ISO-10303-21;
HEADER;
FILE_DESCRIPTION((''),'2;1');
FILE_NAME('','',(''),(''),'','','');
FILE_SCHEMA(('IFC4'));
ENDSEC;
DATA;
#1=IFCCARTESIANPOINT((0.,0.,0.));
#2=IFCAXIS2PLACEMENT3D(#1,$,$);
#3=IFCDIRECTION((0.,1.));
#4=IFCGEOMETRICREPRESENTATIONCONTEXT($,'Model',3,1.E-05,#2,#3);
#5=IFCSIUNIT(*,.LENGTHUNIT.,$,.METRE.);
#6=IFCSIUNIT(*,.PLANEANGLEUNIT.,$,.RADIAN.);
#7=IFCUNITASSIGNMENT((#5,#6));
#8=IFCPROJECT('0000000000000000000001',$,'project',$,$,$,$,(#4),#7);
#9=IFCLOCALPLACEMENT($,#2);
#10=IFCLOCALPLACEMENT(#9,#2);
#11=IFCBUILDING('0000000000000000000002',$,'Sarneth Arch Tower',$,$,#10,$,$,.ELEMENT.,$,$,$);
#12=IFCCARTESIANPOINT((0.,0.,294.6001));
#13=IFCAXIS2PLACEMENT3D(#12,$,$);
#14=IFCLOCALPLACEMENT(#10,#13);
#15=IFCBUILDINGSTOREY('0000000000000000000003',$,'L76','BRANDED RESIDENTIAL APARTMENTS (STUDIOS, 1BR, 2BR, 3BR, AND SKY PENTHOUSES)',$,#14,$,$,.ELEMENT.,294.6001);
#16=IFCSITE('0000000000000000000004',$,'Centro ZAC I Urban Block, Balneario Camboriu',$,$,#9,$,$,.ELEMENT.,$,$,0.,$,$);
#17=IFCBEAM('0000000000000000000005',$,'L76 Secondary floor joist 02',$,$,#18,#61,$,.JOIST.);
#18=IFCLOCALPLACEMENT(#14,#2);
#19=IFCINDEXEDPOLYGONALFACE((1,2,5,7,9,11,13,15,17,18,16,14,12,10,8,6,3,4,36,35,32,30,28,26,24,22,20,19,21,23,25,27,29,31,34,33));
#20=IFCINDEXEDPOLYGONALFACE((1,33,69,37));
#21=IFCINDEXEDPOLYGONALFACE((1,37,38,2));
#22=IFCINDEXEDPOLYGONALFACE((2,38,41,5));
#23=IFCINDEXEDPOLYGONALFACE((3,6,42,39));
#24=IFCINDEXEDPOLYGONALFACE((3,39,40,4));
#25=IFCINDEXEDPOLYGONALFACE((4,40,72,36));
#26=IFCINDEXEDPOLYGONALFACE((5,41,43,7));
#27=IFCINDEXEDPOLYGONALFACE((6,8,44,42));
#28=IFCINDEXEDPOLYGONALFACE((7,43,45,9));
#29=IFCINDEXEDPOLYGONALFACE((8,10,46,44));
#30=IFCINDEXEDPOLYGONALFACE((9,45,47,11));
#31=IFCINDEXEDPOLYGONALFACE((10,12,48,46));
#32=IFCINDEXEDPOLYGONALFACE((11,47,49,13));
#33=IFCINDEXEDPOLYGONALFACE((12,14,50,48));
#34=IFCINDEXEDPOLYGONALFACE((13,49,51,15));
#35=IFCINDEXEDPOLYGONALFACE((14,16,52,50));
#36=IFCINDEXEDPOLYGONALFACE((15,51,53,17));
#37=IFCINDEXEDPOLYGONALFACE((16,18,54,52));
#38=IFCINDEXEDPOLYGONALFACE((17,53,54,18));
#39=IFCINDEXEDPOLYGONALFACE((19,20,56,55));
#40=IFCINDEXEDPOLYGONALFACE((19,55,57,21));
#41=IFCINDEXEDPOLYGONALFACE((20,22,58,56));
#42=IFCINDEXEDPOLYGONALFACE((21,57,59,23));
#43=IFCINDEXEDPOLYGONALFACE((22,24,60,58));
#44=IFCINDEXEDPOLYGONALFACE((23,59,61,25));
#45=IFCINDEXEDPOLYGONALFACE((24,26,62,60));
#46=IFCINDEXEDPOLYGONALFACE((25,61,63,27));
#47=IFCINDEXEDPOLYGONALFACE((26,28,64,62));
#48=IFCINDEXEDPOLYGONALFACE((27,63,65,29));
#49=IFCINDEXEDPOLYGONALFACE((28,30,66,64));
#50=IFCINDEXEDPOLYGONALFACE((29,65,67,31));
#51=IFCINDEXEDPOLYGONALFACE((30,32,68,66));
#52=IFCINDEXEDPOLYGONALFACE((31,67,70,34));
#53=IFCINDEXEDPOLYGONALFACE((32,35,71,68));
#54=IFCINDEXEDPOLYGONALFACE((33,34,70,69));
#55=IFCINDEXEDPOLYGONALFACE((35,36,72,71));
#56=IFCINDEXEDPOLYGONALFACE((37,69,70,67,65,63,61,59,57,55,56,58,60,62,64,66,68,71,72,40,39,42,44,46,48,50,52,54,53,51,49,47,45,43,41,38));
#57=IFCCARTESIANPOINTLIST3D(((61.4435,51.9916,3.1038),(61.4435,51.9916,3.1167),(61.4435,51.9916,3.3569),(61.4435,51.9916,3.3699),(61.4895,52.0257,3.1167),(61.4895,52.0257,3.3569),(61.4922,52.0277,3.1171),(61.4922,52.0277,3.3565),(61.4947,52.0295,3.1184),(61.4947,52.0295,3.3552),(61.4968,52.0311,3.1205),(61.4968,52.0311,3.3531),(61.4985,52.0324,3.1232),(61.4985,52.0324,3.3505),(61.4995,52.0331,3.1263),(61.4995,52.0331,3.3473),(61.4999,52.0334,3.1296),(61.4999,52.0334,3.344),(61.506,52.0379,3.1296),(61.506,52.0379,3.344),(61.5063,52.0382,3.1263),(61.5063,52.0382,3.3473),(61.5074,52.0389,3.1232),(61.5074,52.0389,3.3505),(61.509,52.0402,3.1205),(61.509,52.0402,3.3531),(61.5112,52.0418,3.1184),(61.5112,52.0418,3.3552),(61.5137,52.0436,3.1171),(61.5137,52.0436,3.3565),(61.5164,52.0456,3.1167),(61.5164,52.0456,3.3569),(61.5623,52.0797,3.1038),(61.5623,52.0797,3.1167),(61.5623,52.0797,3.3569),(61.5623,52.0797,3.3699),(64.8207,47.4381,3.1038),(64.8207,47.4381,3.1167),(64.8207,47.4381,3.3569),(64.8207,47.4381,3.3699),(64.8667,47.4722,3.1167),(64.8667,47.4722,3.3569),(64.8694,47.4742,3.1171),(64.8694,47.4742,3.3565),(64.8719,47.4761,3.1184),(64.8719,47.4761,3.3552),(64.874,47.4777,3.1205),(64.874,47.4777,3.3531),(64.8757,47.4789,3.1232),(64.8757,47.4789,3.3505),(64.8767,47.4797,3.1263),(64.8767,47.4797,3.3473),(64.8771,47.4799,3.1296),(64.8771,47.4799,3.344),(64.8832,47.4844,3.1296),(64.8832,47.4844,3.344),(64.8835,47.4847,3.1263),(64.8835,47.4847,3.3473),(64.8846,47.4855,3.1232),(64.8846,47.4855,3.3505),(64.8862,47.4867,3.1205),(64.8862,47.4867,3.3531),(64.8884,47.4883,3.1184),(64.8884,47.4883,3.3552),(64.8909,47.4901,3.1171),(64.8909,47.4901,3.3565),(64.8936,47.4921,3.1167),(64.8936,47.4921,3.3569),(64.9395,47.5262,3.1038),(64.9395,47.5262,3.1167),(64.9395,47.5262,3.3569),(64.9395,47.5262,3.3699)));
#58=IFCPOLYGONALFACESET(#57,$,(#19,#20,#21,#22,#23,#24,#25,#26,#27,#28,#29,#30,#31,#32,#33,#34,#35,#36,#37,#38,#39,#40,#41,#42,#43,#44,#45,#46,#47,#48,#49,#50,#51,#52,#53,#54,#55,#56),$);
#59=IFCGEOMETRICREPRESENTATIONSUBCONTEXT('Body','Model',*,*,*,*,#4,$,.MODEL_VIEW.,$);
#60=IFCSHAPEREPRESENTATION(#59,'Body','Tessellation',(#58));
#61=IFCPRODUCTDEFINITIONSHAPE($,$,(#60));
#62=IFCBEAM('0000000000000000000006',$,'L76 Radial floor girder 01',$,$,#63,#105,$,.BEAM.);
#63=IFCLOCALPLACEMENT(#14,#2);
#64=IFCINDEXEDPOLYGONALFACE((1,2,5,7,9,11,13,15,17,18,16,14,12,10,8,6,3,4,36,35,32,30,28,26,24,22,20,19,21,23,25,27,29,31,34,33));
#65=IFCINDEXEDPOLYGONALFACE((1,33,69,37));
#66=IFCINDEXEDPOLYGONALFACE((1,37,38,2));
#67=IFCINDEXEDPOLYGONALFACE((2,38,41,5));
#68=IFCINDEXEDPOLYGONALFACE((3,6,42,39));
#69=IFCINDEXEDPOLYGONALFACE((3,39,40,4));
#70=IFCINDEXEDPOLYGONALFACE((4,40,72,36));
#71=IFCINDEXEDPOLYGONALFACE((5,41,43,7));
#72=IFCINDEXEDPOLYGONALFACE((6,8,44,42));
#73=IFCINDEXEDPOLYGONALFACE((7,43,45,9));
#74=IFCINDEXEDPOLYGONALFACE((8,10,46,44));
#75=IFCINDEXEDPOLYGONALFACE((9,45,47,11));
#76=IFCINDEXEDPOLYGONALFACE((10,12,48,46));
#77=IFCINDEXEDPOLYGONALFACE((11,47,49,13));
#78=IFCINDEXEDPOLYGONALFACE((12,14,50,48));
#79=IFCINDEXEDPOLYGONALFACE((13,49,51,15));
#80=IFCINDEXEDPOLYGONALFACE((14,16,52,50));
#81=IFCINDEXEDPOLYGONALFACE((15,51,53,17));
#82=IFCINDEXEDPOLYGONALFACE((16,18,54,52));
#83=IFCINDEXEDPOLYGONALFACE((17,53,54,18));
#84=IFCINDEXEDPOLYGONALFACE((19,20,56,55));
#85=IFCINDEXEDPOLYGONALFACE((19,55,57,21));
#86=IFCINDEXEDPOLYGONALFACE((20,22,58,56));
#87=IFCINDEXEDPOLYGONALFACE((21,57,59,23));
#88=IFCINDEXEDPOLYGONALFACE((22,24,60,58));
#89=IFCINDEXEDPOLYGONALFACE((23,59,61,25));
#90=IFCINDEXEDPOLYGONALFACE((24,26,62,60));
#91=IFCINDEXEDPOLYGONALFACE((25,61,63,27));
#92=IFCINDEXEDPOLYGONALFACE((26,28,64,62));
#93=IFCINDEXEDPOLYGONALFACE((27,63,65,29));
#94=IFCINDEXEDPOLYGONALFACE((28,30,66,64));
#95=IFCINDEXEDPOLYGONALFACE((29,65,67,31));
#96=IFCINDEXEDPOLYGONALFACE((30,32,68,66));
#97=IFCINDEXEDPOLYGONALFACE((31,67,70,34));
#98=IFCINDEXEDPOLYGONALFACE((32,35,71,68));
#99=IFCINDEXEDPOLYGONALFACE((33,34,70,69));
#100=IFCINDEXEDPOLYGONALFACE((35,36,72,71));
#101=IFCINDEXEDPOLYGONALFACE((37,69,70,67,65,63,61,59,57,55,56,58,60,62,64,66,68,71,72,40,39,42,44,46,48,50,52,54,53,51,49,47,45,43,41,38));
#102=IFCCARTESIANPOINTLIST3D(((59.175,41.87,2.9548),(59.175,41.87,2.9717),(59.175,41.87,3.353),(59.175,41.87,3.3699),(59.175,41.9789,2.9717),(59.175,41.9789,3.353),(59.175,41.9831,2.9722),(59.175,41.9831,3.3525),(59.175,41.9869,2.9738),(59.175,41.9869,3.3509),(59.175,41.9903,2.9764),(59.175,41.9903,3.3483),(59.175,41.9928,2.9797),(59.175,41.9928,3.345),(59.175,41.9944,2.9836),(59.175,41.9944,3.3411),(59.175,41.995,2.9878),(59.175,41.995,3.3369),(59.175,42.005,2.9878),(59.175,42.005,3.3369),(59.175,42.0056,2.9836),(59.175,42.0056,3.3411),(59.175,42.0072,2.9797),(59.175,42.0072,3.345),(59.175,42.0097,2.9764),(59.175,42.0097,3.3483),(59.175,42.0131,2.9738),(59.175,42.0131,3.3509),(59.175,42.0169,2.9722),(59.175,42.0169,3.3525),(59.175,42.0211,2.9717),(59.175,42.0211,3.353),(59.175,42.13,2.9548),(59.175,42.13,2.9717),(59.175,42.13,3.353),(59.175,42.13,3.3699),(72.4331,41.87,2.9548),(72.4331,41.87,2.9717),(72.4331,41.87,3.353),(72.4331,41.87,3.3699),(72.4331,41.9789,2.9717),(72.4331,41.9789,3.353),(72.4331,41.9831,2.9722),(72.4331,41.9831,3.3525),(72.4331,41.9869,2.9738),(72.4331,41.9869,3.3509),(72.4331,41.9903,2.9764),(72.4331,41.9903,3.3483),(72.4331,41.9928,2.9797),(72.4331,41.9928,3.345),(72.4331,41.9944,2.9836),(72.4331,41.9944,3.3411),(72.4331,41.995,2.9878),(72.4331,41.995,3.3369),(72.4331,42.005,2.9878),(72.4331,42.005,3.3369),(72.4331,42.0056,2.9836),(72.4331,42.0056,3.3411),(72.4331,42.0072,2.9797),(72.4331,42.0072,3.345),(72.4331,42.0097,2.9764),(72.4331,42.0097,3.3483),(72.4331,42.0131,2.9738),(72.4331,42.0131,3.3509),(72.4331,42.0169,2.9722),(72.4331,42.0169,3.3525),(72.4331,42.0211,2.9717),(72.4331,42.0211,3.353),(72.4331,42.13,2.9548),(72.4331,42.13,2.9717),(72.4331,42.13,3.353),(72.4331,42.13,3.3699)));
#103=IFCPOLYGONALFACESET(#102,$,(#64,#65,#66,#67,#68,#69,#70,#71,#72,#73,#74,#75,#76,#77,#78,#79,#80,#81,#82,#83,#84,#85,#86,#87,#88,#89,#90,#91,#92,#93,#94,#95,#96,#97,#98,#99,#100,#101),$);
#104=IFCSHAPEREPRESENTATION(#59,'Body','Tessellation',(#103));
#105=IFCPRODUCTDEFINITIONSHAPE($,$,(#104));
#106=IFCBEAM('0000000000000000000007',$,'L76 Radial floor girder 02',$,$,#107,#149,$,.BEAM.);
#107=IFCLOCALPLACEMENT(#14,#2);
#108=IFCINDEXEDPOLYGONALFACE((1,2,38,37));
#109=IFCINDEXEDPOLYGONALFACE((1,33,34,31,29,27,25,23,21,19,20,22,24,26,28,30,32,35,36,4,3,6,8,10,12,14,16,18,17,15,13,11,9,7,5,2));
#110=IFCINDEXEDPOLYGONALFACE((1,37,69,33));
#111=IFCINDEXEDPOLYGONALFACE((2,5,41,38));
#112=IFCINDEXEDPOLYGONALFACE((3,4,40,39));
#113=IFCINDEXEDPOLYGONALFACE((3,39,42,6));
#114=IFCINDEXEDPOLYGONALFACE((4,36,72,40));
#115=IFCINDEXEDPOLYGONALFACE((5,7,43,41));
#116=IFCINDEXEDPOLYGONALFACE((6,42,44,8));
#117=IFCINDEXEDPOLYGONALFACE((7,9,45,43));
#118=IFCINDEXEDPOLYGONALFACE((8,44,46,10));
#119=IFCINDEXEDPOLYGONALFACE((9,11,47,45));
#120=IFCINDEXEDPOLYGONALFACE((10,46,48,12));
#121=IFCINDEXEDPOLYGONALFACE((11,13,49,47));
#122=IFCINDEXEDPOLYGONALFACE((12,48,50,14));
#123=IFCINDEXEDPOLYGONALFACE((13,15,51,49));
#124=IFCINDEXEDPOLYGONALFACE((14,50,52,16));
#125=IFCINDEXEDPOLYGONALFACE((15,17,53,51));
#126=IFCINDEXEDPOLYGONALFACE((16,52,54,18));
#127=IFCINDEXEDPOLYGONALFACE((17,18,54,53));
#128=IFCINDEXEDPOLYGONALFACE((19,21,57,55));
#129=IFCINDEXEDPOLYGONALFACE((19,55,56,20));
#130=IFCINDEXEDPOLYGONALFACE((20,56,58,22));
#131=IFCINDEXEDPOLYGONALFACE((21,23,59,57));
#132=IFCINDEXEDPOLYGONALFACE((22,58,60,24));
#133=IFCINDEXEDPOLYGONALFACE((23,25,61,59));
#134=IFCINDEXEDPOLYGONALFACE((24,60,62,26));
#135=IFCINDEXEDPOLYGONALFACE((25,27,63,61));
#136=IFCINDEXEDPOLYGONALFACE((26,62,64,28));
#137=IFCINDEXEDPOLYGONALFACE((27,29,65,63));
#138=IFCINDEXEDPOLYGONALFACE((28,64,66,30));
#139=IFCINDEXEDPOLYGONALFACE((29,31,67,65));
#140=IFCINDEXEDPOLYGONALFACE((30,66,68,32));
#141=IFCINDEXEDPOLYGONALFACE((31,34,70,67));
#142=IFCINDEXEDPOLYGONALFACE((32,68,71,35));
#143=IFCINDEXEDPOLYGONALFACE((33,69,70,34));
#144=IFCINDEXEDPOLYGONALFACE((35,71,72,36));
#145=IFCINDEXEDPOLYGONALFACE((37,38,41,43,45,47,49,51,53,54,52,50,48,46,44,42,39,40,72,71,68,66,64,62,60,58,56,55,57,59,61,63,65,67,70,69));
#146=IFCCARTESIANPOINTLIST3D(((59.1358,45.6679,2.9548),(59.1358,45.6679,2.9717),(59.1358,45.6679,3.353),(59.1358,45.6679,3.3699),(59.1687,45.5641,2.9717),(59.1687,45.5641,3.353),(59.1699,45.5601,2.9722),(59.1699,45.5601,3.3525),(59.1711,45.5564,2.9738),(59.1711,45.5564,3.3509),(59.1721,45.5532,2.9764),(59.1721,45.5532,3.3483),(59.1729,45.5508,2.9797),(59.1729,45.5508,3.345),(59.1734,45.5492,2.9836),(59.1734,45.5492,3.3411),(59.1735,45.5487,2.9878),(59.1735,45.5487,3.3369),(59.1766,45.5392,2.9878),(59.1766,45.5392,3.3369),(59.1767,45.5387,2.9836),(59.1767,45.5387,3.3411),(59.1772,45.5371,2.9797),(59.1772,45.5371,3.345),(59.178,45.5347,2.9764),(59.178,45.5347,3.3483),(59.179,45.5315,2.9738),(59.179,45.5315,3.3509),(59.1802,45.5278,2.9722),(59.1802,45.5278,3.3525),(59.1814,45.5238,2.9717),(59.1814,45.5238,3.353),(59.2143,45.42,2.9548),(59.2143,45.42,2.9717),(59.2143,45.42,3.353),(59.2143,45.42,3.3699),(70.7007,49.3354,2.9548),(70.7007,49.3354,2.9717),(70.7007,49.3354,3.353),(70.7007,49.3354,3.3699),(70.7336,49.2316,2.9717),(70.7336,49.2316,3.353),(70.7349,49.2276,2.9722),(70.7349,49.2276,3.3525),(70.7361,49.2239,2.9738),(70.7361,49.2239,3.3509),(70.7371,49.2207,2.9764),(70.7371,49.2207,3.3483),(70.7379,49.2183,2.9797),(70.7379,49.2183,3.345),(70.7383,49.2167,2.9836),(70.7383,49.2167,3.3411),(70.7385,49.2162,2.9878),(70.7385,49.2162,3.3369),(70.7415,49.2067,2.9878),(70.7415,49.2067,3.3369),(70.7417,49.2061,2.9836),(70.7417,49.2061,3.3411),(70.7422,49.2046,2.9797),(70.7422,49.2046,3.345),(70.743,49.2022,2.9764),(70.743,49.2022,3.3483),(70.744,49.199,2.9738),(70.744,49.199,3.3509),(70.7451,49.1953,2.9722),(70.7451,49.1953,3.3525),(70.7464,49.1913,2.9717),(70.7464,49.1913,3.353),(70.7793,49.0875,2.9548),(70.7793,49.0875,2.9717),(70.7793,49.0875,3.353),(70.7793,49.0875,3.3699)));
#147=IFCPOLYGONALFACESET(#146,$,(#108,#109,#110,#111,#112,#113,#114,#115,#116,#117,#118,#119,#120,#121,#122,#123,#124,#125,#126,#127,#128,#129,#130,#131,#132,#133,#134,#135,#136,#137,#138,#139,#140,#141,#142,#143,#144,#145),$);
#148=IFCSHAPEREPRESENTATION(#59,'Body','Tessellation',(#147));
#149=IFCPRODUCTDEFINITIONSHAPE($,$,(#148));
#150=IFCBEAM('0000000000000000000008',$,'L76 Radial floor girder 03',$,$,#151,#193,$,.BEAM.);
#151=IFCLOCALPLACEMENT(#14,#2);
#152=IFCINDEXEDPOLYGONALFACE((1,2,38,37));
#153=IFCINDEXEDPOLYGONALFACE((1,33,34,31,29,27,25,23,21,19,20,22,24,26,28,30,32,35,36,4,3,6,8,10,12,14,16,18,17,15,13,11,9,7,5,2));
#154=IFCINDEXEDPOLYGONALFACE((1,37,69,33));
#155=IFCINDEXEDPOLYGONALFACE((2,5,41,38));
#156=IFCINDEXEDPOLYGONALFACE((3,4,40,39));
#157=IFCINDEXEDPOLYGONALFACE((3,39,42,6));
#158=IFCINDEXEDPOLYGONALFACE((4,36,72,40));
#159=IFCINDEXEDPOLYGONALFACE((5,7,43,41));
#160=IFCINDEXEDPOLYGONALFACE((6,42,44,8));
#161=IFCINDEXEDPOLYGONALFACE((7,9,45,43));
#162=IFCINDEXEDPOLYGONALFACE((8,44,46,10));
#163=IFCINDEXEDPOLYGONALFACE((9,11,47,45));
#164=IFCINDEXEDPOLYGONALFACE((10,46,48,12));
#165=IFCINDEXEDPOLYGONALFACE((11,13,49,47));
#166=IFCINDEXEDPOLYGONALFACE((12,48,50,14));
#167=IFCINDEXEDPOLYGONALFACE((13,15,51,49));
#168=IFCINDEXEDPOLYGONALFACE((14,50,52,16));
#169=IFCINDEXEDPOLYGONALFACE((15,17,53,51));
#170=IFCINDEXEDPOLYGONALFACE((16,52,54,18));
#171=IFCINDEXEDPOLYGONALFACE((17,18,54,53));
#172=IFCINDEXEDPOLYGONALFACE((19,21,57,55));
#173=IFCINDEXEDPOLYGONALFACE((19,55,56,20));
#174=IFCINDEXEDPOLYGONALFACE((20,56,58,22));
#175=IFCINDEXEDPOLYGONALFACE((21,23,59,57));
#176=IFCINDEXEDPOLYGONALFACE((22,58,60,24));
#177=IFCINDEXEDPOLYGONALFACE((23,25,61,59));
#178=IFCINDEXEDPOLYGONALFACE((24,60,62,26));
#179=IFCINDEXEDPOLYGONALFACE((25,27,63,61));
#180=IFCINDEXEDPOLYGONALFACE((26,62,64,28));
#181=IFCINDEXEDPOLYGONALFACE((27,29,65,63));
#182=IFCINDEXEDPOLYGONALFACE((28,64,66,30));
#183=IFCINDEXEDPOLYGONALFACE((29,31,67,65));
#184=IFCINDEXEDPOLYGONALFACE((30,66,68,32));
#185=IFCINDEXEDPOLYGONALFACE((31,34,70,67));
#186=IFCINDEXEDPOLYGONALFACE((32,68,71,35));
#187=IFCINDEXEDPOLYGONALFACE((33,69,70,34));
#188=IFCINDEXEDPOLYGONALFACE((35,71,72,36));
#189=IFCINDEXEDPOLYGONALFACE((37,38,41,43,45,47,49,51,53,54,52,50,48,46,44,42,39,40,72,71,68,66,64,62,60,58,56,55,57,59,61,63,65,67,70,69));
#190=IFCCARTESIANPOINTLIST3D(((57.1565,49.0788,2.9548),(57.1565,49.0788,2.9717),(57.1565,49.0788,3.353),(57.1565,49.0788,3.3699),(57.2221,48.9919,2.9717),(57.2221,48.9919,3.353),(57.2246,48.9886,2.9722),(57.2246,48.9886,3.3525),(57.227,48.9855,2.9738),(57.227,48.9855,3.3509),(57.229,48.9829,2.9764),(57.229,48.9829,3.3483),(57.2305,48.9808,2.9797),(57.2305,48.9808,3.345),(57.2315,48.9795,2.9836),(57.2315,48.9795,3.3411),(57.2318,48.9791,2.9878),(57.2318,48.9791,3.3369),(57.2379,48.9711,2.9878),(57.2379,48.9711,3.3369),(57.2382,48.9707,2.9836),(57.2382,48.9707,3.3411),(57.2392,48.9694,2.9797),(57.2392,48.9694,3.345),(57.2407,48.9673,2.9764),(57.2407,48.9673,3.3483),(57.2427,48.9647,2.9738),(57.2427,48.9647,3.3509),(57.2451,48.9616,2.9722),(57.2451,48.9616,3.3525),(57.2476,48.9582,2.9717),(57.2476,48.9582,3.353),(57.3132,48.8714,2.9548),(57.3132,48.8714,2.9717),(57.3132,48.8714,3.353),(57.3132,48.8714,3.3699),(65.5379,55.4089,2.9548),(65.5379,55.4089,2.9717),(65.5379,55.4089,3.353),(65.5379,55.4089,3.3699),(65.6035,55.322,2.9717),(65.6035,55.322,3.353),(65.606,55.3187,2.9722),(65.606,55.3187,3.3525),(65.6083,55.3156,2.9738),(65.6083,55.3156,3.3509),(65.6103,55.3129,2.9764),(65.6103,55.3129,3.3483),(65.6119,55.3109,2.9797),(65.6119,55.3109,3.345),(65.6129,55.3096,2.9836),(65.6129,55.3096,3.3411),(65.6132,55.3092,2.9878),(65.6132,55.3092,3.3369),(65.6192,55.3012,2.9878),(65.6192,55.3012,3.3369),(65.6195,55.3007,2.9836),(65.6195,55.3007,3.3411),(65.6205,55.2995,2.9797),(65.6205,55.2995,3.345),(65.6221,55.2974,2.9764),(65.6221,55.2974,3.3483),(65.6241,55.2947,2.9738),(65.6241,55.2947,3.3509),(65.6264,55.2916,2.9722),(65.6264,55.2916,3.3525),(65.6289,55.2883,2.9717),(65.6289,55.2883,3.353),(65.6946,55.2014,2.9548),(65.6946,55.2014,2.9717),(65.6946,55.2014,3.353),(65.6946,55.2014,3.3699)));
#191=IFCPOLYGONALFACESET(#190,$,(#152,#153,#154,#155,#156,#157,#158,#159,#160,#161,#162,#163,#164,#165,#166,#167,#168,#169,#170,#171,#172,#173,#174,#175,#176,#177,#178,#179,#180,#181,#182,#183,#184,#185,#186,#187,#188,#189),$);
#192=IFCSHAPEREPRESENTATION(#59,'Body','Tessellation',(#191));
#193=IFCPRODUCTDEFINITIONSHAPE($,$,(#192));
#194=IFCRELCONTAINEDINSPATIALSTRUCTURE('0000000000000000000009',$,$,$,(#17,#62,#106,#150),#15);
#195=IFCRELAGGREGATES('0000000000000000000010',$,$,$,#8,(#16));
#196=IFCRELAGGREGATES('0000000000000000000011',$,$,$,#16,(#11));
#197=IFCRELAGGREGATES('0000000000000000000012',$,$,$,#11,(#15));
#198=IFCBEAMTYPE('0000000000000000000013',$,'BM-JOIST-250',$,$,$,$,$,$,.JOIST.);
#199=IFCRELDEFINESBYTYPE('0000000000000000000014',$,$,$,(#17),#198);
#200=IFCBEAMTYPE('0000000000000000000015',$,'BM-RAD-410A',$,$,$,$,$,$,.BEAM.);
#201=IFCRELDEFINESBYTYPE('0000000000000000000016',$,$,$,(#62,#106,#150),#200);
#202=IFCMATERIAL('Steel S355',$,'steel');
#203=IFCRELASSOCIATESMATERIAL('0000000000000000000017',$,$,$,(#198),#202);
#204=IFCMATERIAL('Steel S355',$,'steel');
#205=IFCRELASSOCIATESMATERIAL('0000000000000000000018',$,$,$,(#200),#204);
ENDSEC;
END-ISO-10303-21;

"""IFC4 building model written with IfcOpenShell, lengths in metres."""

from ifc_helpers import new_model, si_unit, direction, frame, origin, origin_2d, place, context, subcontext, project, spatial, i_section, extrude, material, material_profile, profile_set, type_object, element, save


model = new_model("IFC4")

# Units and contexts
model_context = context("Model", 3, precision=1e-05, world=origin(), true_north=direction((0.0, 1.0)))
body_context = subcontext(model_context, "Body", "Model", "MODEL_VIEW")
ifc_project = project(units=[si_unit("LENGTHUNIT", "METRE"), si_unit("PLANEANGLEUNIT", "RADIAN")], contexts=[model_context])

# Site, building, storey
site_placement = place(None, origin())
site = spatial("IfcSite", under=ifc_project, at=site_placement, Name="Centro ZAC I Urban Block, Balneario Camboriu", CompositionType="ELEMENT", RefElevation=0.0)
building_placement = place(site_placement, origin())
building = spatial("IfcBuilding", under=site, at=building_placement, Name="Sarneth Arch Tower", CompositionType="ELEMENT")
storey_placement = place(building_placement, frame((0.0, 0.0, 294.6001)))
storey = spatial("IfcBuildingStorey", under=building, at=storey_placement, Name="L76", Description="BRANDED RESIDENTIAL APARTMENTS (STUDIOS, 1BR, 2BR, 3BR, AND SKY PENTHOUSES)", CompositionType="ELEMENT", Elevation=294.6001)

# Beams
ifc_material_1 = material(Name="Steel S355", Category="steel")
ifc_material_profile_1 = material_profile(ifc_material_1, i_section(OverallWidth=0.1479, OverallDepth=0.2661, WebThickness=0.0076, FlangeThickness=0.0129, FilletRadius=0.0129, at=origin_2d()), Name="W250x44.8")
ifc_profile_set_1 = profile_set([ifc_material_profile_1], Name="Steel S355")
beam_type_1 = type_object("IfcBeamType", Name="BM-JOIST-250", PredefinedType="JOIST", material=ifc_profile_set_1)
beam_1_placement = place(storey_placement, frame((64.8801, 47.4822, 3.2368), z_axis=(-0.595713, 0.803198, 0.0), x_axis=(-0.803198, -0.595713, 0.0)))
element("IfcBeam", 1, at=beam_1_placement, inside=storey, type_object=beam_type_1, Name="L76 Secondary floor joist 02", PredefinedType="JOIST", context=body_context, shape_type="SweptSolid", body=[
    extrude(i_section(OverallWidth=0.1479, OverallDepth=0.2661, WebThickness=0.0076, FlangeThickness=0.0129, FilletRadius=0.0129, at=origin_2d()), origin(), (0.0, 0.0, 1.0), 5.6692),
])
ifc_material_2 = material(Name="Steel S355", Category="steel")
ifc_material_profile_2 = material_profile(ifc_material_2, i_section(OverallWidth=0.26, OverallDepth=0.415, WebThickness=0.01, FlangeThickness=0.0168, FilletRadius=0.0161, at=origin_2d()), Name="W410x100")
ifc_profile_set_2 = profile_set([ifc_material_profile_2], Name="Steel S355")
beam_type_2 = type_object("IfcBeamType", Name="BM-RAD-410A", PredefinedType="BEAM", material=ifc_profile_set_2)
beam_2_placement = place(storey_placement, frame((59.175, 42.0, 3.1624), z_axis=(1.0, 0.0, 0.0), x_axis=(0.0, 1.0, 0.0)))
element("IfcBeam", 2, at=beam_2_placement, inside=storey, type_object=beam_type_2, Name="L76 Radial floor girder 01", PredefinedType="BEAM", context=body_context, shape_type="SweptSolid", body=[
    extrude(i_section(OverallWidth=0.26, OverallDepth=0.415, WebThickness=0.01, FlangeThickness=0.0168, FilletRadius=0.0161, at=origin_2d()), origin(), (0.0, 0.0, 1.0), 13.2581),
])
beam_3_placement = place(storey_placement, frame((59.175, 45.5439, 3.1624), z_axis=(0.953218, 0.302285, 0.0), x_axis=(-0.302285, 0.953218, 0.0)))
element("IfcBeam", 3, at=beam_3_placement, inside=storey, type_object=beam_type_2, Name="L76 Radial floor girder 02", PredefinedType="BEAM", context=body_context, shape_type="SweptSolid", body=[
    extrude(i_section(OverallWidth=0.26, OverallDepth=0.415, WebThickness=0.01, FlangeThickness=0.0168, FilletRadius=0.0161, at=origin_2d()), origin(), (0.0, 0.0, 1.0), 12.1326),
])
beam_4_placement = place(storey_placement, frame((57.2349, 48.9751, 3.1624), z_axis=(0.797982, 0.602682, 0.0), x_axis=(-0.602682, 0.797982, 0.0)))
element("IfcBeam", 4, at=beam_4_placement, inside=storey, type_object=beam_type_2, Name="L76 Radial floor girder 03", PredefinedType="BEAM", context=body_context, shape_type="SweptSolid", body=[
    extrude(i_section(OverallWidth=0.26, OverallDepth=0.415, WebThickness=0.01, FlangeThickness=0.0168, FilletRadius=0.0161, at=origin_2d()), origin(), (0.0, 0.0, 1.0), 10.5032),
])

save(model, "model.ifc")
